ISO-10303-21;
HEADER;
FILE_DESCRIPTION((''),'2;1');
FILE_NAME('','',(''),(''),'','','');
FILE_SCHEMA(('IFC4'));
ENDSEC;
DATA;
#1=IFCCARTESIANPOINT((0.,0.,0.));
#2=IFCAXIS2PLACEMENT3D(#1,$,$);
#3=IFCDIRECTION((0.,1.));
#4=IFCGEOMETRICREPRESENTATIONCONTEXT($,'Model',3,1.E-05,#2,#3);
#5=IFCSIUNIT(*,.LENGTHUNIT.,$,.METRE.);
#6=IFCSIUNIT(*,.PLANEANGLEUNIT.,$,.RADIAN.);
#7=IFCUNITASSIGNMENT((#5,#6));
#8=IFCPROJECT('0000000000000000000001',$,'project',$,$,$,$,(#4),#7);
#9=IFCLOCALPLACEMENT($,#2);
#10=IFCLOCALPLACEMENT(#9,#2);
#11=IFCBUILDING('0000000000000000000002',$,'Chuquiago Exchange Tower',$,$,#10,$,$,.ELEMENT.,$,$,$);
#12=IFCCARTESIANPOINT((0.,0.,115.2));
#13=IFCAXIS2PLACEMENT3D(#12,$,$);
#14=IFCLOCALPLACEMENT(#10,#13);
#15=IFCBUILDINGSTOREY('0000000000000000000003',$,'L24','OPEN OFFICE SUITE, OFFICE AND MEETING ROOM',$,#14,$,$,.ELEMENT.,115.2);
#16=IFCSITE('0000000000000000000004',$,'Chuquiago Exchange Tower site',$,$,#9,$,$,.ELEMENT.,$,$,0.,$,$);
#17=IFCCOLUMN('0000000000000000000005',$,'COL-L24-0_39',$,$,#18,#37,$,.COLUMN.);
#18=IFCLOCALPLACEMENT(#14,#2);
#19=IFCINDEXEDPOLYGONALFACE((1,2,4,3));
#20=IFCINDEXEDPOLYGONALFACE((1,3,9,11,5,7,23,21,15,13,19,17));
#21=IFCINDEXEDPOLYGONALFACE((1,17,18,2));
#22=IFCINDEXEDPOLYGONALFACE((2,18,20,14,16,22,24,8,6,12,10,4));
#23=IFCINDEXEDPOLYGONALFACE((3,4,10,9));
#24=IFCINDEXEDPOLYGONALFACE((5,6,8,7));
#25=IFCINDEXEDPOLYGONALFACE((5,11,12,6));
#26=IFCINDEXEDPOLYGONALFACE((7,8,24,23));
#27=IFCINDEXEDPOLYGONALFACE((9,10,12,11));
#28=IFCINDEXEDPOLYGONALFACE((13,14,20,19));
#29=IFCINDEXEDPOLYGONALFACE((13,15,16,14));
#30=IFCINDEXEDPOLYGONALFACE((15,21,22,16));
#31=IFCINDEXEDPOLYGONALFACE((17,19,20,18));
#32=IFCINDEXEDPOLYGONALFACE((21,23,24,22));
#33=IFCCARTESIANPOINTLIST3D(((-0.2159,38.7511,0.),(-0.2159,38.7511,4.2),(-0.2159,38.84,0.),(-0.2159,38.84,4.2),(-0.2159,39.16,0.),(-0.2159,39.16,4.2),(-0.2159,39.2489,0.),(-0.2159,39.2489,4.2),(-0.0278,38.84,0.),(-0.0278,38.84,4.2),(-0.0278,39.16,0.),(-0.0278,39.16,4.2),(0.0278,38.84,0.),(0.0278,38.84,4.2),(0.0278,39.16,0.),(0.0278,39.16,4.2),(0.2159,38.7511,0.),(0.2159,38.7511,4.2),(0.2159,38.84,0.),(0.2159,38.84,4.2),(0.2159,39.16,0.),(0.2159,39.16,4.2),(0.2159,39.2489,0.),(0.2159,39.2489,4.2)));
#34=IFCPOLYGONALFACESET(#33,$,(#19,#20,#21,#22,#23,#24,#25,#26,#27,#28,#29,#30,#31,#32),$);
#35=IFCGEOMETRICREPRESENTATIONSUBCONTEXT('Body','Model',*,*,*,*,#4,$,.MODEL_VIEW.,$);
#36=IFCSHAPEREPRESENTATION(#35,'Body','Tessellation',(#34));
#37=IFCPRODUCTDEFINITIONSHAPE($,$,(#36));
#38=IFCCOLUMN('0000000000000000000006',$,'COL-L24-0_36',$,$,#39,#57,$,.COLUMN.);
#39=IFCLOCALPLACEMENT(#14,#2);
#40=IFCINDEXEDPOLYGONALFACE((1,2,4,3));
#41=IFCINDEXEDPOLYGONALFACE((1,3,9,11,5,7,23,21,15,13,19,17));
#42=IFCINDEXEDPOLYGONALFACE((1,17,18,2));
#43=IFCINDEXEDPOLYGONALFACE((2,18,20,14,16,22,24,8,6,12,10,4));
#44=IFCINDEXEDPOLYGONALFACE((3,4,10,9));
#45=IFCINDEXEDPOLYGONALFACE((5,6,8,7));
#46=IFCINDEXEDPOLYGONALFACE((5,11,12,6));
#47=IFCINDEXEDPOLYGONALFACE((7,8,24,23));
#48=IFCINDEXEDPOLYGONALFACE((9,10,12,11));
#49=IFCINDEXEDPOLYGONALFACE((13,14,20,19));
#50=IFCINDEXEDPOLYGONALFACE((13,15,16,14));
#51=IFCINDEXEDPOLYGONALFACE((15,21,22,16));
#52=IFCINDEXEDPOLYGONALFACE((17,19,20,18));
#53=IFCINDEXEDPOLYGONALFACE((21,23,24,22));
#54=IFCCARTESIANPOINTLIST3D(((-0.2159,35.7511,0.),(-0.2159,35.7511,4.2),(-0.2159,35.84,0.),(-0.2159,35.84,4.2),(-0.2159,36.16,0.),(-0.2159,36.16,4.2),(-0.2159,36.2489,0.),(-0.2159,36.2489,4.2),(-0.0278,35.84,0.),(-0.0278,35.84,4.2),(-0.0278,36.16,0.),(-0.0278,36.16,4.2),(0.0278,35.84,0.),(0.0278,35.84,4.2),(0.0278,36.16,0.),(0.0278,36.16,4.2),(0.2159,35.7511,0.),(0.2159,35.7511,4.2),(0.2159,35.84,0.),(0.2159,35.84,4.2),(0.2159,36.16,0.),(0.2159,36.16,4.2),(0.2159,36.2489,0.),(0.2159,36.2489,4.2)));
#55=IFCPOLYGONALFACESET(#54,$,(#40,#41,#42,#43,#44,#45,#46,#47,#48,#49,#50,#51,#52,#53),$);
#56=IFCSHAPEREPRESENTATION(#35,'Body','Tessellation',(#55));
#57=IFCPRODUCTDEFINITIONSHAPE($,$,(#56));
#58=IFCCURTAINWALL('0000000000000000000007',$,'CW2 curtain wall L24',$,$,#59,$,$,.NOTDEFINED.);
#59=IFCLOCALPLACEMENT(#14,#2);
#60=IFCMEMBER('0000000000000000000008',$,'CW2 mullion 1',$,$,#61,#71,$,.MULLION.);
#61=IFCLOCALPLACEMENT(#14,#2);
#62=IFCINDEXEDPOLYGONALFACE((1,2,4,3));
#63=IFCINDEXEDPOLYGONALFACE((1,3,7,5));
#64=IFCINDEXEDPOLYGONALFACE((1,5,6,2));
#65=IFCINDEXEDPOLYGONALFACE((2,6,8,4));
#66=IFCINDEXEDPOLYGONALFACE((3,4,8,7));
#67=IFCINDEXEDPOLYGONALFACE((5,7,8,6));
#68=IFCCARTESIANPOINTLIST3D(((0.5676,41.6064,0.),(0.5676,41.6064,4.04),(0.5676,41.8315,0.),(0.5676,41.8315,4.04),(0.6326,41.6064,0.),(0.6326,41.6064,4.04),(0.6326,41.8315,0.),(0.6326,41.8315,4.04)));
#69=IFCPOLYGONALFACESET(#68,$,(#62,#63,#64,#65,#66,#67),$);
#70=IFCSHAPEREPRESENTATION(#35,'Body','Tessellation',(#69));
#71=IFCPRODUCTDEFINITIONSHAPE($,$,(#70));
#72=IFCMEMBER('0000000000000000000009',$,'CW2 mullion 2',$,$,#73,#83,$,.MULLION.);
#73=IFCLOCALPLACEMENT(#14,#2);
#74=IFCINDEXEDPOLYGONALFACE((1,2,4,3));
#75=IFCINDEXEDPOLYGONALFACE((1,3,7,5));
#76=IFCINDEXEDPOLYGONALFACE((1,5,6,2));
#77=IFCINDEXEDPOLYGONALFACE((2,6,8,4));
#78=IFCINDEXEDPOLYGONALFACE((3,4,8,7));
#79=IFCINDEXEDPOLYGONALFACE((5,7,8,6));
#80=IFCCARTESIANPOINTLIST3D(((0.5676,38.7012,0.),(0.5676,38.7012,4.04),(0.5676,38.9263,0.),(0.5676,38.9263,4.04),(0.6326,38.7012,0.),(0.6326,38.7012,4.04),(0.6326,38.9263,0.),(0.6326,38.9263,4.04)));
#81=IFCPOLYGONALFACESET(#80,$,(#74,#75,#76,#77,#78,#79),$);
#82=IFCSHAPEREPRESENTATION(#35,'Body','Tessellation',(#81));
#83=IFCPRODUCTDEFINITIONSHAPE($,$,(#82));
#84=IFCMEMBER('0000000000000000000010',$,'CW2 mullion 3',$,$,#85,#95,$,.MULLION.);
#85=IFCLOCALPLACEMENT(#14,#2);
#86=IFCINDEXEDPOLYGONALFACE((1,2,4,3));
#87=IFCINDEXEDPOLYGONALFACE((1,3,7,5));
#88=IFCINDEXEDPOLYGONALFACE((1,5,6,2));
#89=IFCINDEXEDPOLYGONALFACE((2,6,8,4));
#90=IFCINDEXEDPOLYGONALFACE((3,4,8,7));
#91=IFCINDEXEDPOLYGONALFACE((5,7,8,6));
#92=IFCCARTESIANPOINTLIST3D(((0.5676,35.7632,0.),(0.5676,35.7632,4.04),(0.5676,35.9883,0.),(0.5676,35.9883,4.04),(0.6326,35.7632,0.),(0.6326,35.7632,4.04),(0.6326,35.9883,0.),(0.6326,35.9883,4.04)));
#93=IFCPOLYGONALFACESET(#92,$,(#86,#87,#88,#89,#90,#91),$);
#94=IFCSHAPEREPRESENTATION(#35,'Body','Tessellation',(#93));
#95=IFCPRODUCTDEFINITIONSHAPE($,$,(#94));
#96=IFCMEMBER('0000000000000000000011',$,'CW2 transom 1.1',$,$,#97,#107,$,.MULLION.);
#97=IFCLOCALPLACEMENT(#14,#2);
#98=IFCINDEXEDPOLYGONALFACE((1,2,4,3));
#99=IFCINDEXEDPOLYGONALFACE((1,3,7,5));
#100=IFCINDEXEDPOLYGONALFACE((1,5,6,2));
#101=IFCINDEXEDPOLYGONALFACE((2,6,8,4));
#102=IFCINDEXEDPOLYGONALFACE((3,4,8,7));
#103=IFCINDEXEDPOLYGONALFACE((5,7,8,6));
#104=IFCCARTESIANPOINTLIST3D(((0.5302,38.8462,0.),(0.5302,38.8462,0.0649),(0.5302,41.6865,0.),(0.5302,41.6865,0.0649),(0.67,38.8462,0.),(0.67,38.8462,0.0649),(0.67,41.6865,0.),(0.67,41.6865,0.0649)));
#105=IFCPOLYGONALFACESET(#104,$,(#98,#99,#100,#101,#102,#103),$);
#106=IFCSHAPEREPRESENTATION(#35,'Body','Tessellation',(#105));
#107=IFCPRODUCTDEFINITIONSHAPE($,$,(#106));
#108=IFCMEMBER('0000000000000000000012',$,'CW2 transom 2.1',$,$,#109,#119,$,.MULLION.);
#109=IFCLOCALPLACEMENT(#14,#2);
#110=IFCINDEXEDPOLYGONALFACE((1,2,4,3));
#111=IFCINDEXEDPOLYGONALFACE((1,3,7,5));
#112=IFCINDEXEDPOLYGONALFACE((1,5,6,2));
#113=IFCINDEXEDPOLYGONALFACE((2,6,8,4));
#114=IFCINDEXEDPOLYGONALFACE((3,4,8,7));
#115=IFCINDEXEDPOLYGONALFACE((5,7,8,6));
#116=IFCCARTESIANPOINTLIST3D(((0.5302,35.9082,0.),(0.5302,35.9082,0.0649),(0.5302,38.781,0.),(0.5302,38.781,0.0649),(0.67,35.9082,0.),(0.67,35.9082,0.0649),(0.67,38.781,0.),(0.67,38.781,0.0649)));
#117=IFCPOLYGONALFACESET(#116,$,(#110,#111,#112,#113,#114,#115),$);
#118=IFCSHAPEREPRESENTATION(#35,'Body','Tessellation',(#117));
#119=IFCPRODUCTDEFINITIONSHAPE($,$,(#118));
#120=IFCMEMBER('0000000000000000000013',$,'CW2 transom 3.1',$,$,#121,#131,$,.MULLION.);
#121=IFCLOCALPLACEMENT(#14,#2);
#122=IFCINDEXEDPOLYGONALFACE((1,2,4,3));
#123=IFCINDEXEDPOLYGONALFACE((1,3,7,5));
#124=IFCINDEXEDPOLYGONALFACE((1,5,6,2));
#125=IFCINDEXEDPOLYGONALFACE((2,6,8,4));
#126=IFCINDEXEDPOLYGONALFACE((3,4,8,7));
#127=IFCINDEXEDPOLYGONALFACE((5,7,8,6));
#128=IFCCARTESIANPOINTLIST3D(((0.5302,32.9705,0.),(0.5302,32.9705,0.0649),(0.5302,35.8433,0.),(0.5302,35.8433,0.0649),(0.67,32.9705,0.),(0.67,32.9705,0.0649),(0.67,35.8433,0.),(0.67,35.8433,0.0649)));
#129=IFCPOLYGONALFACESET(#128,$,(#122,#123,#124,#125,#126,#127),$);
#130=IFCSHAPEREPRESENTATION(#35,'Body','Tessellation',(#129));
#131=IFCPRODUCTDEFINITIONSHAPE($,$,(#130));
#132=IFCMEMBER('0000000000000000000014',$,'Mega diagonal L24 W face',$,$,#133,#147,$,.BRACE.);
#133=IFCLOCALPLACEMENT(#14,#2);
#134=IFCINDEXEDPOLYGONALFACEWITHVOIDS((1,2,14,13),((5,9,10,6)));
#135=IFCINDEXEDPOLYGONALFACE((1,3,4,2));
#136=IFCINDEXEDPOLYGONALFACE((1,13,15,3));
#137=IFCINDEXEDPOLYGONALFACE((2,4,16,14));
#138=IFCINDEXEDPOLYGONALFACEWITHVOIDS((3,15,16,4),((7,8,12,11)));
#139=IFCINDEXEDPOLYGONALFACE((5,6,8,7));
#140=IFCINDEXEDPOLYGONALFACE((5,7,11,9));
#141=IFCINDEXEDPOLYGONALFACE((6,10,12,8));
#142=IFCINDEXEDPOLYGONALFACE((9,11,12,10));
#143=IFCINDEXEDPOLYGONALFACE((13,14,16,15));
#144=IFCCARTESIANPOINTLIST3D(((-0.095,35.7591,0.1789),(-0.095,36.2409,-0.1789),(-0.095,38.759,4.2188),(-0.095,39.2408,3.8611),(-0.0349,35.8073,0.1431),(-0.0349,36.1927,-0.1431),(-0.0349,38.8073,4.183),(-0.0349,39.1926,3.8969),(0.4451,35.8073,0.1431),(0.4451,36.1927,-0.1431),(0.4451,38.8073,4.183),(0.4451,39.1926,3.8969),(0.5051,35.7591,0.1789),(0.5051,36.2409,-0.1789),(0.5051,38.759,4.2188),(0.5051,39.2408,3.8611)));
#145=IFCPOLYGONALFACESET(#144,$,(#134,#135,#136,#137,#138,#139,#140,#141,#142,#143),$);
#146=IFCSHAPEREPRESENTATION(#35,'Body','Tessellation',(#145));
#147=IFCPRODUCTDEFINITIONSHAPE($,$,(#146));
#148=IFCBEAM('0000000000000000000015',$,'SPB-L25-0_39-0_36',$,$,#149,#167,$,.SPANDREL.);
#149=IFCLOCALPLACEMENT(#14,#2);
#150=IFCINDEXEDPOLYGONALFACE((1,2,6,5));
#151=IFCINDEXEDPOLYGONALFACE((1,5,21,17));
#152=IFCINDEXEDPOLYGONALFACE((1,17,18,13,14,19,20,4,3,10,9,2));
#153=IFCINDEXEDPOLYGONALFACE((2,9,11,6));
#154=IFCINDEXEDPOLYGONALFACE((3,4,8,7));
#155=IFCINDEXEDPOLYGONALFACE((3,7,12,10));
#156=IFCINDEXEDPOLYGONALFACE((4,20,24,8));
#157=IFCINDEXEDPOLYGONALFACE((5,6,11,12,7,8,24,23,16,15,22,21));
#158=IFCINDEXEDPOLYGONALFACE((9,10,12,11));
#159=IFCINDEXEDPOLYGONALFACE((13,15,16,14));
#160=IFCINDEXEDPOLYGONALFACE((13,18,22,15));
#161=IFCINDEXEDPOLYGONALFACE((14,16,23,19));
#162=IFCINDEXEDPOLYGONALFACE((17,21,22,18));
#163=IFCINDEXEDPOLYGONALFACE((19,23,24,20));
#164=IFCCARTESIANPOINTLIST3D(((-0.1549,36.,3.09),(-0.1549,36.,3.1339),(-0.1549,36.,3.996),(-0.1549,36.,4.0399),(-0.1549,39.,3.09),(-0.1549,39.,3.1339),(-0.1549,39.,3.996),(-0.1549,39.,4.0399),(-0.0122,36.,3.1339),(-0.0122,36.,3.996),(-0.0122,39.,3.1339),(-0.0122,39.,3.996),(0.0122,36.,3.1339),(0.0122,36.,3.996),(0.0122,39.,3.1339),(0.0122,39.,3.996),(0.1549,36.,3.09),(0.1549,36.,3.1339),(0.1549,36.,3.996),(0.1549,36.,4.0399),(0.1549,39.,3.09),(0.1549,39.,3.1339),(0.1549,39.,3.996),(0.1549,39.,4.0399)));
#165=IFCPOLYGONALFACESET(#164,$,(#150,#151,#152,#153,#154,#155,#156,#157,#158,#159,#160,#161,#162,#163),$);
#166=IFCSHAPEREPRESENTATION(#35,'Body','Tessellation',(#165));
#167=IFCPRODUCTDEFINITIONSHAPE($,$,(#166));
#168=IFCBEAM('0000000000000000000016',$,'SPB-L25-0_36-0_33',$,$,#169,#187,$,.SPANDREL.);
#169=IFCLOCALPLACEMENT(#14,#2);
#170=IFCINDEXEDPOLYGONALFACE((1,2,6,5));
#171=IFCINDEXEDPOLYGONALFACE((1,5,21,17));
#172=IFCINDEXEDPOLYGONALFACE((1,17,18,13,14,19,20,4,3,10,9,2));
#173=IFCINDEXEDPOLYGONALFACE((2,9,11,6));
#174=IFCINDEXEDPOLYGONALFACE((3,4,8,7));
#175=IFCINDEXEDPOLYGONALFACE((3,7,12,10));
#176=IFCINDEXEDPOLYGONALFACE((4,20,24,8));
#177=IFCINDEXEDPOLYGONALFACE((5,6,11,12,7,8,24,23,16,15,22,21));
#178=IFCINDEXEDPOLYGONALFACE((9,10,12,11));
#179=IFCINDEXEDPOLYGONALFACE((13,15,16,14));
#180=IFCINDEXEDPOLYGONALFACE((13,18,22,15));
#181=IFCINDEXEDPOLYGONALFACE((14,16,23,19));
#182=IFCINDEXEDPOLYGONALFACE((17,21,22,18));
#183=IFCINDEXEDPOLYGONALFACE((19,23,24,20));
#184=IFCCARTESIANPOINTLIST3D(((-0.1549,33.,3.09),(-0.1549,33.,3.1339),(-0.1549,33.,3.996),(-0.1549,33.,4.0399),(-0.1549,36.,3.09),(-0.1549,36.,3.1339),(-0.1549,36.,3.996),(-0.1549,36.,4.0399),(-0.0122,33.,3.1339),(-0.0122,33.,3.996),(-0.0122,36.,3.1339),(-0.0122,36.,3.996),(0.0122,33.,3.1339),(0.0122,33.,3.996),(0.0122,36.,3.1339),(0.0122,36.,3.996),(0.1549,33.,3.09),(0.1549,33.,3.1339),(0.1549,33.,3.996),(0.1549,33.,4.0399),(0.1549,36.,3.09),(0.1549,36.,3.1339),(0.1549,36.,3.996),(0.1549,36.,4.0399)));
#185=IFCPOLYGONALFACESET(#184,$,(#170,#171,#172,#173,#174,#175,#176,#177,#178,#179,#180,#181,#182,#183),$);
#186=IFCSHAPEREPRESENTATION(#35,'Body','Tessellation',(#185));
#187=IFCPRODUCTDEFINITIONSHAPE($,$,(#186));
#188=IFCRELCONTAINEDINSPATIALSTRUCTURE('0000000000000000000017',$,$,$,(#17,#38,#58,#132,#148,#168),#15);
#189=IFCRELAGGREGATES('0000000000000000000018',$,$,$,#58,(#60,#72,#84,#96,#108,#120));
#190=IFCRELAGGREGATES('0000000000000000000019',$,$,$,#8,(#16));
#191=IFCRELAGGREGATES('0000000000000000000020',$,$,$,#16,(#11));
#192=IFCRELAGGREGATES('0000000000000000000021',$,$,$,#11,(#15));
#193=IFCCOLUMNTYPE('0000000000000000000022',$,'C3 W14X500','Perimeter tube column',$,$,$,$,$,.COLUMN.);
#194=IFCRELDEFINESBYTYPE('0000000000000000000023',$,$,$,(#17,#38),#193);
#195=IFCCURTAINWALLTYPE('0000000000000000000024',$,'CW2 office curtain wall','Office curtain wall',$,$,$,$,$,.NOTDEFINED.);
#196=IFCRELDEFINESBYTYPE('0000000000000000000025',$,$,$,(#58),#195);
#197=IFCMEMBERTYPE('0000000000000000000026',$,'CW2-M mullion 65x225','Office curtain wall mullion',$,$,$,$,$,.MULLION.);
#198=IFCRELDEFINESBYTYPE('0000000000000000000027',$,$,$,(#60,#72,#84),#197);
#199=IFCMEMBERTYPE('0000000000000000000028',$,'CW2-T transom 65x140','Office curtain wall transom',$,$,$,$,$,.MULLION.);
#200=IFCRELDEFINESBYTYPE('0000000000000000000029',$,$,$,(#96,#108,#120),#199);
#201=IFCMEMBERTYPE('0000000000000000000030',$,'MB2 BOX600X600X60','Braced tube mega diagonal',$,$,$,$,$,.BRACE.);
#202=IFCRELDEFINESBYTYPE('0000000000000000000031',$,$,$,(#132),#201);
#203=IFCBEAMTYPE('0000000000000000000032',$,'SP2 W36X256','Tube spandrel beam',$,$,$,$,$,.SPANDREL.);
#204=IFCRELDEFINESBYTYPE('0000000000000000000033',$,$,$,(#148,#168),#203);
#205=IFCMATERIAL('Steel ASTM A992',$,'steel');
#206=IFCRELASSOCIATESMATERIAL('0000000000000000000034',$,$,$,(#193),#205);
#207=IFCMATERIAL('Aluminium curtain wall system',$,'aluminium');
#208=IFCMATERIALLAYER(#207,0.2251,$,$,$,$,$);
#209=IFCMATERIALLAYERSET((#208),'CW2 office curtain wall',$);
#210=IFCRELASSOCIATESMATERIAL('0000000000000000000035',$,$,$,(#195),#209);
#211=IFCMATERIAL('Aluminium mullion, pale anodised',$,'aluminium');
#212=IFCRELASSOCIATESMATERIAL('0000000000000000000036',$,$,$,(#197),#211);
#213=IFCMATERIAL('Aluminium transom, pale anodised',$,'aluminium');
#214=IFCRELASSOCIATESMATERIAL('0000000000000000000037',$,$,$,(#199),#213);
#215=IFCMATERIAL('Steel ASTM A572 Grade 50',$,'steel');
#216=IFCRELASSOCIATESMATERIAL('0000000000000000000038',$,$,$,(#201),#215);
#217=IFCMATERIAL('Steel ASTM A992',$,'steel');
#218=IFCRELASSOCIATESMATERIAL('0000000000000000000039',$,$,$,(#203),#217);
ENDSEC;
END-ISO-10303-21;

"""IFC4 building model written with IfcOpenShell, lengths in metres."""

from ifc_helpers import new_model, si_unit, direction, frame, origin, origin_2d, place, context, subcontext, project, spatial, rectangle, hollow_rectangle, i_section, extrude, material, layer, layer_set, material_profile, profile_set, type_object, element, aggregate, save


model = new_model("IFC4")

# Units and contexts
model_context = context("Model", 3, precision=1e-05, world=origin(), true_north=direction((0.0, 1.0)))
body_context = subcontext(model_context, "Body", "Model", "MODEL_VIEW")
ifc_project = project(units=[si_unit("LENGTHUNIT", "METRE"), si_unit("PLANEANGLEUNIT", "RADIAN")], contexts=[model_context])

# Site, building, storey
site_placement = place(None, origin())
site = spatial("IfcSite", under=ifc_project, at=site_placement, Name="Chuquiago Exchange Tower site", CompositionType="ELEMENT", RefElevation=0.0)
building_placement = place(site_placement, origin())
building = spatial("IfcBuilding", under=site, at=building_placement, Name="Chuquiago Exchange Tower", CompositionType="ELEMENT")
storey_placement = place(building_placement, frame((0.0, 0.0, 115.2)))
storey = spatial("IfcBuildingStorey", under=building, at=storey_placement, Name="L24", Description="OPEN OFFICE SUITE, OFFICE AND MEETING ROOM", CompositionType="ELEMENT", Elevation=115.2)

# Columns
ifc_material_1 = material(Name="Steel ASTM A992", Category="steel")
ifc_material_profile_1 = material_profile(ifc_material_1, i_section(OverallWidth=0.4319, OverallDepth=0.4978, WebThickness=0.0557, FlangeThickness=0.0889, at=origin_2d()), Name="W14X500")
ifc_profile_set_1 = profile_set([ifc_material_profile_1], Name="Steel ASTM A992")
column_type = type_object("IfcColumnType", Name="C3 W14X500", Description="Perimeter tube column", PredefinedType="COLUMN", material=ifc_profile_set_1)
for number, where, z_axis, x_axis, name in (
    (1, (0.0, 39.0, 0.0), (0.0, 0.0, 1.0), (-1.0, 0.0, 0.0), "COL-L24-0_39"),
    (2, (0.0, 36.0, 0.0), (0.0, 0.0, 1.0), (-1.0, 0.0, 0.0), "COL-L24-0_36"),
):
    element("IfcColumn", number, at=place(storey_placement, frame(where, z_axis=z_axis, x_axis=x_axis)), inside=storey, type_object=column_type, Name=name, PredefinedType="COLUMN", context=body_context, shape_type="SweptSolid", body=[
        extrude(i_section(OverallWidth=0.4319, OverallDepth=0.4978, WebThickness=0.0557, FlangeThickness=0.0889, at=origin_2d()), origin(), (0.0, 0.0, 1.0), 4.2),
    ])

# Curtain wall, members
ifc_material_2 = material(Name="Aluminium curtain wall system", Category="aluminium")
ifc_layer_1 = layer(ifc_material_2, 0.2251)
ifc_layer_set_1 = layer_set([ifc_layer_1], Name="CW2 office curtain wall")
curtain_wall_type = type_object("IfcCurtainWallType", Name="CW2 office curtain wall", Description="Office curtain wall", PredefinedType="NOTDEFINED", material=ifc_layer_set_1)
curtain_wall_placement = place(storey_placement, origin())
curtain_wall = element("IfcCurtainWall", 3, at=curtain_wall_placement, inside=storey, type_object=curtain_wall_type, Name="CW2 curtain wall L24", PredefinedType="NOTDEFINED")
ifc_material_3 = material(Name="Aluminium mullion, pale anodised", Category="aluminium")
ifc_material_profile_2 = material_profile(ifc_material_3, rectangle(XDim=0.0649, YDim=0.2251, at=origin_2d()), Name="AL 65x225")
ifc_profile_set_2 = profile_set([ifc_material_profile_2], Name="Aluminium mullion, pale anodised")
member_type_1 = type_object("IfcMemberType", Name="CW2-M mullion 65x225", Description="Office curtain wall mullion", PredefinedType="MULLION", material=ifc_profile_set_2)
member_1_placement = place(storey_placement, frame((0.6001, 41.719, 0.0), z_axis=(0.0, 0.0, 1.0), x_axis=(1.0, 0.0, 0.0)))
member_1 = element("IfcMember", 4, at=member_1_placement, type_object=member_type_1, Name="CW2 mullion 1", PredefinedType="MULLION", context=body_context, shape_type="SweptSolid", body=[
    extrude(rectangle(XDim=0.0649, YDim=0.2251, at=origin_2d()), origin(), (0.0, 0.0, 1.0), 4.04),
])
member_2_placement = place(storey_placement, frame((0.6001, 38.8137, 0.0), z_axis=(0.0, 0.0, 1.0), x_axis=(1.0, 0.0, 0.0)))
member_2 = element("IfcMember", 5, at=member_2_placement, type_object=member_type_1, Name="CW2 mullion 2", PredefinedType="MULLION", context=body_context, shape_type="SweptSolid", body=[
    extrude(rectangle(XDim=0.0649, YDim=0.2251, at=origin_2d()), origin(), (0.0, 0.0, 1.0), 4.04),
])
member_3_placement = place(storey_placement, frame((0.6001, 35.8757, 0.0), z_axis=(0.0, 0.0, 1.0), x_axis=(1.0, 0.0, 0.0)))
member_3 = element("IfcMember", 6, at=member_3_placement, type_object=member_type_1, Name="CW2 mullion 3", PredefinedType="MULLION", context=body_context, shape_type="SweptSolid", body=[
    extrude(rectangle(XDim=0.0649, YDim=0.2251, at=origin_2d()), origin(), (0.0, 0.0, 1.0), 4.04),
])
ifc_material_4 = material(Name="Aluminium transom, pale anodised", Category="aluminium")
ifc_material_profile_3 = material_profile(ifc_material_4, rectangle(XDim=0.1399, YDim=0.0649, at=origin_2d()), Name="AL 140x65")
ifc_profile_set_3 = profile_set([ifc_material_profile_3], Name="Aluminium transom, pale anodised")
member_type_2 = type_object("IfcMemberType", Name="CW2-T transom 65x140", Description="Office curtain wall transom", PredefinedType="MULLION", material=ifc_profile_set_3)
member_4_placement = place(storey_placement, frame((0.6001, 41.6865, 0.0325), z_axis=(0.0, -1.0, 0.0), x_axis=(1.0, 0.0, 0.0)))
member_4 = element("IfcMember", 7, at=member_4_placement, type_object=member_type_2, Name="CW2 transom 1.1", PredefinedType="MULLION", context=body_context, shape_type="SweptSolid", body=[
    extrude(rectangle(XDim=0.1399, YDim=0.0649, at=origin_2d()), origin(), (0.0, 0.0, 1.0), 2.8403),
])
member_5_placement = place(storey_placement, frame((0.6001, 38.781, 0.0325), z_axis=(0.0, -1.0, 0.0), x_axis=(1.0, 0.0, 0.0)))
member_5 = element("IfcMember", 8, at=member_5_placement, type_object=member_type_2, Name="CW2 transom 2.1", PredefinedType="MULLION", context=body_context, shape_type="SweptSolid", body=[
    extrude(rectangle(XDim=0.1399, YDim=0.0649, at=origin_2d()), origin(), (0.0, 0.0, 1.0), 2.8728),
])
member_6_placement = place(storey_placement, frame((0.6001, 35.8433, 0.0325), z_axis=(0.0, -1.0, 0.0), x_axis=(1.0, 0.0, 0.0)))
member_6 = element("IfcMember", 9, at=member_6_placement, type_object=member_type_2, Name="CW2 transom 3.1", PredefinedType="MULLION", context=body_context, shape_type="SweptSolid", body=[
    extrude(rectangle(XDim=0.1399, YDim=0.0649, at=origin_2d()), origin(), (0.0, 0.0, 1.0), 2.8728),
])

# Member
ifc_material_5 = material(Name="Steel ASTM A572 Grade 50", Category="steel")
ifc_material_profile_4 = material_profile(ifc_material_5, hollow_rectangle(XDim=0.6001, YDim=0.6001, WallThickness=0.0601, at=origin_2d()), Name="BOX600X600X60")
ifc_profile_set_4 = profile_set([ifc_material_profile_4], Name="Steel ASTM A572 Grade 50")
member_type_3 = type_object("IfcMemberType", Name="MB2 BOX600X600X60", Description="Braced tube mega diagonal", PredefinedType="BRACE", material=ifc_profile_set_4)
member_7_placement = place(storey_placement, frame((0.2051, 36.0, 0.0), z_axis=(0.0, 0.596174, 0.802855), x_axis=(-1.0, 0.0, 0.0)))
element("IfcMember", 10, at=member_7_placement, inside=storey, type_object=member_type_3, Name="Mega diagonal L24 W face", PredefinedType="BRACE", context=body_context, shape_type="SweptSolid", body=[
    extrude(hollow_rectangle(XDim=0.6001, YDim=0.6001, WallThickness=0.0601, at=origin_2d()), origin(), (0.0, 0.0, 1.0), 5.032),
])

# Beams
ifc_material_6 = material(Name="Steel ASTM A992", Category="steel")
ifc_material_profile_5 = material_profile(ifc_material_6, i_section(OverallWidth=0.3098, OverallDepth=0.95, WebThickness=0.0244, FlangeThickness=0.0439, at=origin_2d()), Name="W36X256")
ifc_profile_set_5 = profile_set([ifc_material_profile_5], Name="Steel ASTM A992")
beam_type = type_object("IfcBeamType", Name="SP2 W36X256", Description="Tube spandrel beam", PredefinedType="SPANDREL", material=ifc_profile_set_5)
for number, where, z_axis, x_axis, name in (
    (11, (0.0, 39.0, 3.5649), (0.0, -1.0, 0.0), (1.0, 0.0, 0.0), "SPB-L25-0_39-0_36"),
    (12, (0.0, 36.0, 3.5649), (0.0, -1.0, 0.0), (1.0, 0.0, 0.0), "SPB-L25-0_36-0_33"),
):
    element("IfcBeam", number, at=place(storey_placement, frame(where, z_axis=z_axis, x_axis=x_axis)), inside=storey, type_object=beam_type, Name=name, PredefinedType="SPANDREL", context=body_context, shape_type="SweptSolid", body=[
        extrude(i_section(OverallWidth=0.3098, OverallDepth=0.95, WebThickness=0.0244, FlangeThickness=0.0439, at=origin_2d()), origin(), (0.0, 0.0, 1.0), 3.0),
    ])

aggregate(curtain_wall, [member_1, member_2, member_3, member_4, member_5, member_6])

save(model, "model.ifc")
